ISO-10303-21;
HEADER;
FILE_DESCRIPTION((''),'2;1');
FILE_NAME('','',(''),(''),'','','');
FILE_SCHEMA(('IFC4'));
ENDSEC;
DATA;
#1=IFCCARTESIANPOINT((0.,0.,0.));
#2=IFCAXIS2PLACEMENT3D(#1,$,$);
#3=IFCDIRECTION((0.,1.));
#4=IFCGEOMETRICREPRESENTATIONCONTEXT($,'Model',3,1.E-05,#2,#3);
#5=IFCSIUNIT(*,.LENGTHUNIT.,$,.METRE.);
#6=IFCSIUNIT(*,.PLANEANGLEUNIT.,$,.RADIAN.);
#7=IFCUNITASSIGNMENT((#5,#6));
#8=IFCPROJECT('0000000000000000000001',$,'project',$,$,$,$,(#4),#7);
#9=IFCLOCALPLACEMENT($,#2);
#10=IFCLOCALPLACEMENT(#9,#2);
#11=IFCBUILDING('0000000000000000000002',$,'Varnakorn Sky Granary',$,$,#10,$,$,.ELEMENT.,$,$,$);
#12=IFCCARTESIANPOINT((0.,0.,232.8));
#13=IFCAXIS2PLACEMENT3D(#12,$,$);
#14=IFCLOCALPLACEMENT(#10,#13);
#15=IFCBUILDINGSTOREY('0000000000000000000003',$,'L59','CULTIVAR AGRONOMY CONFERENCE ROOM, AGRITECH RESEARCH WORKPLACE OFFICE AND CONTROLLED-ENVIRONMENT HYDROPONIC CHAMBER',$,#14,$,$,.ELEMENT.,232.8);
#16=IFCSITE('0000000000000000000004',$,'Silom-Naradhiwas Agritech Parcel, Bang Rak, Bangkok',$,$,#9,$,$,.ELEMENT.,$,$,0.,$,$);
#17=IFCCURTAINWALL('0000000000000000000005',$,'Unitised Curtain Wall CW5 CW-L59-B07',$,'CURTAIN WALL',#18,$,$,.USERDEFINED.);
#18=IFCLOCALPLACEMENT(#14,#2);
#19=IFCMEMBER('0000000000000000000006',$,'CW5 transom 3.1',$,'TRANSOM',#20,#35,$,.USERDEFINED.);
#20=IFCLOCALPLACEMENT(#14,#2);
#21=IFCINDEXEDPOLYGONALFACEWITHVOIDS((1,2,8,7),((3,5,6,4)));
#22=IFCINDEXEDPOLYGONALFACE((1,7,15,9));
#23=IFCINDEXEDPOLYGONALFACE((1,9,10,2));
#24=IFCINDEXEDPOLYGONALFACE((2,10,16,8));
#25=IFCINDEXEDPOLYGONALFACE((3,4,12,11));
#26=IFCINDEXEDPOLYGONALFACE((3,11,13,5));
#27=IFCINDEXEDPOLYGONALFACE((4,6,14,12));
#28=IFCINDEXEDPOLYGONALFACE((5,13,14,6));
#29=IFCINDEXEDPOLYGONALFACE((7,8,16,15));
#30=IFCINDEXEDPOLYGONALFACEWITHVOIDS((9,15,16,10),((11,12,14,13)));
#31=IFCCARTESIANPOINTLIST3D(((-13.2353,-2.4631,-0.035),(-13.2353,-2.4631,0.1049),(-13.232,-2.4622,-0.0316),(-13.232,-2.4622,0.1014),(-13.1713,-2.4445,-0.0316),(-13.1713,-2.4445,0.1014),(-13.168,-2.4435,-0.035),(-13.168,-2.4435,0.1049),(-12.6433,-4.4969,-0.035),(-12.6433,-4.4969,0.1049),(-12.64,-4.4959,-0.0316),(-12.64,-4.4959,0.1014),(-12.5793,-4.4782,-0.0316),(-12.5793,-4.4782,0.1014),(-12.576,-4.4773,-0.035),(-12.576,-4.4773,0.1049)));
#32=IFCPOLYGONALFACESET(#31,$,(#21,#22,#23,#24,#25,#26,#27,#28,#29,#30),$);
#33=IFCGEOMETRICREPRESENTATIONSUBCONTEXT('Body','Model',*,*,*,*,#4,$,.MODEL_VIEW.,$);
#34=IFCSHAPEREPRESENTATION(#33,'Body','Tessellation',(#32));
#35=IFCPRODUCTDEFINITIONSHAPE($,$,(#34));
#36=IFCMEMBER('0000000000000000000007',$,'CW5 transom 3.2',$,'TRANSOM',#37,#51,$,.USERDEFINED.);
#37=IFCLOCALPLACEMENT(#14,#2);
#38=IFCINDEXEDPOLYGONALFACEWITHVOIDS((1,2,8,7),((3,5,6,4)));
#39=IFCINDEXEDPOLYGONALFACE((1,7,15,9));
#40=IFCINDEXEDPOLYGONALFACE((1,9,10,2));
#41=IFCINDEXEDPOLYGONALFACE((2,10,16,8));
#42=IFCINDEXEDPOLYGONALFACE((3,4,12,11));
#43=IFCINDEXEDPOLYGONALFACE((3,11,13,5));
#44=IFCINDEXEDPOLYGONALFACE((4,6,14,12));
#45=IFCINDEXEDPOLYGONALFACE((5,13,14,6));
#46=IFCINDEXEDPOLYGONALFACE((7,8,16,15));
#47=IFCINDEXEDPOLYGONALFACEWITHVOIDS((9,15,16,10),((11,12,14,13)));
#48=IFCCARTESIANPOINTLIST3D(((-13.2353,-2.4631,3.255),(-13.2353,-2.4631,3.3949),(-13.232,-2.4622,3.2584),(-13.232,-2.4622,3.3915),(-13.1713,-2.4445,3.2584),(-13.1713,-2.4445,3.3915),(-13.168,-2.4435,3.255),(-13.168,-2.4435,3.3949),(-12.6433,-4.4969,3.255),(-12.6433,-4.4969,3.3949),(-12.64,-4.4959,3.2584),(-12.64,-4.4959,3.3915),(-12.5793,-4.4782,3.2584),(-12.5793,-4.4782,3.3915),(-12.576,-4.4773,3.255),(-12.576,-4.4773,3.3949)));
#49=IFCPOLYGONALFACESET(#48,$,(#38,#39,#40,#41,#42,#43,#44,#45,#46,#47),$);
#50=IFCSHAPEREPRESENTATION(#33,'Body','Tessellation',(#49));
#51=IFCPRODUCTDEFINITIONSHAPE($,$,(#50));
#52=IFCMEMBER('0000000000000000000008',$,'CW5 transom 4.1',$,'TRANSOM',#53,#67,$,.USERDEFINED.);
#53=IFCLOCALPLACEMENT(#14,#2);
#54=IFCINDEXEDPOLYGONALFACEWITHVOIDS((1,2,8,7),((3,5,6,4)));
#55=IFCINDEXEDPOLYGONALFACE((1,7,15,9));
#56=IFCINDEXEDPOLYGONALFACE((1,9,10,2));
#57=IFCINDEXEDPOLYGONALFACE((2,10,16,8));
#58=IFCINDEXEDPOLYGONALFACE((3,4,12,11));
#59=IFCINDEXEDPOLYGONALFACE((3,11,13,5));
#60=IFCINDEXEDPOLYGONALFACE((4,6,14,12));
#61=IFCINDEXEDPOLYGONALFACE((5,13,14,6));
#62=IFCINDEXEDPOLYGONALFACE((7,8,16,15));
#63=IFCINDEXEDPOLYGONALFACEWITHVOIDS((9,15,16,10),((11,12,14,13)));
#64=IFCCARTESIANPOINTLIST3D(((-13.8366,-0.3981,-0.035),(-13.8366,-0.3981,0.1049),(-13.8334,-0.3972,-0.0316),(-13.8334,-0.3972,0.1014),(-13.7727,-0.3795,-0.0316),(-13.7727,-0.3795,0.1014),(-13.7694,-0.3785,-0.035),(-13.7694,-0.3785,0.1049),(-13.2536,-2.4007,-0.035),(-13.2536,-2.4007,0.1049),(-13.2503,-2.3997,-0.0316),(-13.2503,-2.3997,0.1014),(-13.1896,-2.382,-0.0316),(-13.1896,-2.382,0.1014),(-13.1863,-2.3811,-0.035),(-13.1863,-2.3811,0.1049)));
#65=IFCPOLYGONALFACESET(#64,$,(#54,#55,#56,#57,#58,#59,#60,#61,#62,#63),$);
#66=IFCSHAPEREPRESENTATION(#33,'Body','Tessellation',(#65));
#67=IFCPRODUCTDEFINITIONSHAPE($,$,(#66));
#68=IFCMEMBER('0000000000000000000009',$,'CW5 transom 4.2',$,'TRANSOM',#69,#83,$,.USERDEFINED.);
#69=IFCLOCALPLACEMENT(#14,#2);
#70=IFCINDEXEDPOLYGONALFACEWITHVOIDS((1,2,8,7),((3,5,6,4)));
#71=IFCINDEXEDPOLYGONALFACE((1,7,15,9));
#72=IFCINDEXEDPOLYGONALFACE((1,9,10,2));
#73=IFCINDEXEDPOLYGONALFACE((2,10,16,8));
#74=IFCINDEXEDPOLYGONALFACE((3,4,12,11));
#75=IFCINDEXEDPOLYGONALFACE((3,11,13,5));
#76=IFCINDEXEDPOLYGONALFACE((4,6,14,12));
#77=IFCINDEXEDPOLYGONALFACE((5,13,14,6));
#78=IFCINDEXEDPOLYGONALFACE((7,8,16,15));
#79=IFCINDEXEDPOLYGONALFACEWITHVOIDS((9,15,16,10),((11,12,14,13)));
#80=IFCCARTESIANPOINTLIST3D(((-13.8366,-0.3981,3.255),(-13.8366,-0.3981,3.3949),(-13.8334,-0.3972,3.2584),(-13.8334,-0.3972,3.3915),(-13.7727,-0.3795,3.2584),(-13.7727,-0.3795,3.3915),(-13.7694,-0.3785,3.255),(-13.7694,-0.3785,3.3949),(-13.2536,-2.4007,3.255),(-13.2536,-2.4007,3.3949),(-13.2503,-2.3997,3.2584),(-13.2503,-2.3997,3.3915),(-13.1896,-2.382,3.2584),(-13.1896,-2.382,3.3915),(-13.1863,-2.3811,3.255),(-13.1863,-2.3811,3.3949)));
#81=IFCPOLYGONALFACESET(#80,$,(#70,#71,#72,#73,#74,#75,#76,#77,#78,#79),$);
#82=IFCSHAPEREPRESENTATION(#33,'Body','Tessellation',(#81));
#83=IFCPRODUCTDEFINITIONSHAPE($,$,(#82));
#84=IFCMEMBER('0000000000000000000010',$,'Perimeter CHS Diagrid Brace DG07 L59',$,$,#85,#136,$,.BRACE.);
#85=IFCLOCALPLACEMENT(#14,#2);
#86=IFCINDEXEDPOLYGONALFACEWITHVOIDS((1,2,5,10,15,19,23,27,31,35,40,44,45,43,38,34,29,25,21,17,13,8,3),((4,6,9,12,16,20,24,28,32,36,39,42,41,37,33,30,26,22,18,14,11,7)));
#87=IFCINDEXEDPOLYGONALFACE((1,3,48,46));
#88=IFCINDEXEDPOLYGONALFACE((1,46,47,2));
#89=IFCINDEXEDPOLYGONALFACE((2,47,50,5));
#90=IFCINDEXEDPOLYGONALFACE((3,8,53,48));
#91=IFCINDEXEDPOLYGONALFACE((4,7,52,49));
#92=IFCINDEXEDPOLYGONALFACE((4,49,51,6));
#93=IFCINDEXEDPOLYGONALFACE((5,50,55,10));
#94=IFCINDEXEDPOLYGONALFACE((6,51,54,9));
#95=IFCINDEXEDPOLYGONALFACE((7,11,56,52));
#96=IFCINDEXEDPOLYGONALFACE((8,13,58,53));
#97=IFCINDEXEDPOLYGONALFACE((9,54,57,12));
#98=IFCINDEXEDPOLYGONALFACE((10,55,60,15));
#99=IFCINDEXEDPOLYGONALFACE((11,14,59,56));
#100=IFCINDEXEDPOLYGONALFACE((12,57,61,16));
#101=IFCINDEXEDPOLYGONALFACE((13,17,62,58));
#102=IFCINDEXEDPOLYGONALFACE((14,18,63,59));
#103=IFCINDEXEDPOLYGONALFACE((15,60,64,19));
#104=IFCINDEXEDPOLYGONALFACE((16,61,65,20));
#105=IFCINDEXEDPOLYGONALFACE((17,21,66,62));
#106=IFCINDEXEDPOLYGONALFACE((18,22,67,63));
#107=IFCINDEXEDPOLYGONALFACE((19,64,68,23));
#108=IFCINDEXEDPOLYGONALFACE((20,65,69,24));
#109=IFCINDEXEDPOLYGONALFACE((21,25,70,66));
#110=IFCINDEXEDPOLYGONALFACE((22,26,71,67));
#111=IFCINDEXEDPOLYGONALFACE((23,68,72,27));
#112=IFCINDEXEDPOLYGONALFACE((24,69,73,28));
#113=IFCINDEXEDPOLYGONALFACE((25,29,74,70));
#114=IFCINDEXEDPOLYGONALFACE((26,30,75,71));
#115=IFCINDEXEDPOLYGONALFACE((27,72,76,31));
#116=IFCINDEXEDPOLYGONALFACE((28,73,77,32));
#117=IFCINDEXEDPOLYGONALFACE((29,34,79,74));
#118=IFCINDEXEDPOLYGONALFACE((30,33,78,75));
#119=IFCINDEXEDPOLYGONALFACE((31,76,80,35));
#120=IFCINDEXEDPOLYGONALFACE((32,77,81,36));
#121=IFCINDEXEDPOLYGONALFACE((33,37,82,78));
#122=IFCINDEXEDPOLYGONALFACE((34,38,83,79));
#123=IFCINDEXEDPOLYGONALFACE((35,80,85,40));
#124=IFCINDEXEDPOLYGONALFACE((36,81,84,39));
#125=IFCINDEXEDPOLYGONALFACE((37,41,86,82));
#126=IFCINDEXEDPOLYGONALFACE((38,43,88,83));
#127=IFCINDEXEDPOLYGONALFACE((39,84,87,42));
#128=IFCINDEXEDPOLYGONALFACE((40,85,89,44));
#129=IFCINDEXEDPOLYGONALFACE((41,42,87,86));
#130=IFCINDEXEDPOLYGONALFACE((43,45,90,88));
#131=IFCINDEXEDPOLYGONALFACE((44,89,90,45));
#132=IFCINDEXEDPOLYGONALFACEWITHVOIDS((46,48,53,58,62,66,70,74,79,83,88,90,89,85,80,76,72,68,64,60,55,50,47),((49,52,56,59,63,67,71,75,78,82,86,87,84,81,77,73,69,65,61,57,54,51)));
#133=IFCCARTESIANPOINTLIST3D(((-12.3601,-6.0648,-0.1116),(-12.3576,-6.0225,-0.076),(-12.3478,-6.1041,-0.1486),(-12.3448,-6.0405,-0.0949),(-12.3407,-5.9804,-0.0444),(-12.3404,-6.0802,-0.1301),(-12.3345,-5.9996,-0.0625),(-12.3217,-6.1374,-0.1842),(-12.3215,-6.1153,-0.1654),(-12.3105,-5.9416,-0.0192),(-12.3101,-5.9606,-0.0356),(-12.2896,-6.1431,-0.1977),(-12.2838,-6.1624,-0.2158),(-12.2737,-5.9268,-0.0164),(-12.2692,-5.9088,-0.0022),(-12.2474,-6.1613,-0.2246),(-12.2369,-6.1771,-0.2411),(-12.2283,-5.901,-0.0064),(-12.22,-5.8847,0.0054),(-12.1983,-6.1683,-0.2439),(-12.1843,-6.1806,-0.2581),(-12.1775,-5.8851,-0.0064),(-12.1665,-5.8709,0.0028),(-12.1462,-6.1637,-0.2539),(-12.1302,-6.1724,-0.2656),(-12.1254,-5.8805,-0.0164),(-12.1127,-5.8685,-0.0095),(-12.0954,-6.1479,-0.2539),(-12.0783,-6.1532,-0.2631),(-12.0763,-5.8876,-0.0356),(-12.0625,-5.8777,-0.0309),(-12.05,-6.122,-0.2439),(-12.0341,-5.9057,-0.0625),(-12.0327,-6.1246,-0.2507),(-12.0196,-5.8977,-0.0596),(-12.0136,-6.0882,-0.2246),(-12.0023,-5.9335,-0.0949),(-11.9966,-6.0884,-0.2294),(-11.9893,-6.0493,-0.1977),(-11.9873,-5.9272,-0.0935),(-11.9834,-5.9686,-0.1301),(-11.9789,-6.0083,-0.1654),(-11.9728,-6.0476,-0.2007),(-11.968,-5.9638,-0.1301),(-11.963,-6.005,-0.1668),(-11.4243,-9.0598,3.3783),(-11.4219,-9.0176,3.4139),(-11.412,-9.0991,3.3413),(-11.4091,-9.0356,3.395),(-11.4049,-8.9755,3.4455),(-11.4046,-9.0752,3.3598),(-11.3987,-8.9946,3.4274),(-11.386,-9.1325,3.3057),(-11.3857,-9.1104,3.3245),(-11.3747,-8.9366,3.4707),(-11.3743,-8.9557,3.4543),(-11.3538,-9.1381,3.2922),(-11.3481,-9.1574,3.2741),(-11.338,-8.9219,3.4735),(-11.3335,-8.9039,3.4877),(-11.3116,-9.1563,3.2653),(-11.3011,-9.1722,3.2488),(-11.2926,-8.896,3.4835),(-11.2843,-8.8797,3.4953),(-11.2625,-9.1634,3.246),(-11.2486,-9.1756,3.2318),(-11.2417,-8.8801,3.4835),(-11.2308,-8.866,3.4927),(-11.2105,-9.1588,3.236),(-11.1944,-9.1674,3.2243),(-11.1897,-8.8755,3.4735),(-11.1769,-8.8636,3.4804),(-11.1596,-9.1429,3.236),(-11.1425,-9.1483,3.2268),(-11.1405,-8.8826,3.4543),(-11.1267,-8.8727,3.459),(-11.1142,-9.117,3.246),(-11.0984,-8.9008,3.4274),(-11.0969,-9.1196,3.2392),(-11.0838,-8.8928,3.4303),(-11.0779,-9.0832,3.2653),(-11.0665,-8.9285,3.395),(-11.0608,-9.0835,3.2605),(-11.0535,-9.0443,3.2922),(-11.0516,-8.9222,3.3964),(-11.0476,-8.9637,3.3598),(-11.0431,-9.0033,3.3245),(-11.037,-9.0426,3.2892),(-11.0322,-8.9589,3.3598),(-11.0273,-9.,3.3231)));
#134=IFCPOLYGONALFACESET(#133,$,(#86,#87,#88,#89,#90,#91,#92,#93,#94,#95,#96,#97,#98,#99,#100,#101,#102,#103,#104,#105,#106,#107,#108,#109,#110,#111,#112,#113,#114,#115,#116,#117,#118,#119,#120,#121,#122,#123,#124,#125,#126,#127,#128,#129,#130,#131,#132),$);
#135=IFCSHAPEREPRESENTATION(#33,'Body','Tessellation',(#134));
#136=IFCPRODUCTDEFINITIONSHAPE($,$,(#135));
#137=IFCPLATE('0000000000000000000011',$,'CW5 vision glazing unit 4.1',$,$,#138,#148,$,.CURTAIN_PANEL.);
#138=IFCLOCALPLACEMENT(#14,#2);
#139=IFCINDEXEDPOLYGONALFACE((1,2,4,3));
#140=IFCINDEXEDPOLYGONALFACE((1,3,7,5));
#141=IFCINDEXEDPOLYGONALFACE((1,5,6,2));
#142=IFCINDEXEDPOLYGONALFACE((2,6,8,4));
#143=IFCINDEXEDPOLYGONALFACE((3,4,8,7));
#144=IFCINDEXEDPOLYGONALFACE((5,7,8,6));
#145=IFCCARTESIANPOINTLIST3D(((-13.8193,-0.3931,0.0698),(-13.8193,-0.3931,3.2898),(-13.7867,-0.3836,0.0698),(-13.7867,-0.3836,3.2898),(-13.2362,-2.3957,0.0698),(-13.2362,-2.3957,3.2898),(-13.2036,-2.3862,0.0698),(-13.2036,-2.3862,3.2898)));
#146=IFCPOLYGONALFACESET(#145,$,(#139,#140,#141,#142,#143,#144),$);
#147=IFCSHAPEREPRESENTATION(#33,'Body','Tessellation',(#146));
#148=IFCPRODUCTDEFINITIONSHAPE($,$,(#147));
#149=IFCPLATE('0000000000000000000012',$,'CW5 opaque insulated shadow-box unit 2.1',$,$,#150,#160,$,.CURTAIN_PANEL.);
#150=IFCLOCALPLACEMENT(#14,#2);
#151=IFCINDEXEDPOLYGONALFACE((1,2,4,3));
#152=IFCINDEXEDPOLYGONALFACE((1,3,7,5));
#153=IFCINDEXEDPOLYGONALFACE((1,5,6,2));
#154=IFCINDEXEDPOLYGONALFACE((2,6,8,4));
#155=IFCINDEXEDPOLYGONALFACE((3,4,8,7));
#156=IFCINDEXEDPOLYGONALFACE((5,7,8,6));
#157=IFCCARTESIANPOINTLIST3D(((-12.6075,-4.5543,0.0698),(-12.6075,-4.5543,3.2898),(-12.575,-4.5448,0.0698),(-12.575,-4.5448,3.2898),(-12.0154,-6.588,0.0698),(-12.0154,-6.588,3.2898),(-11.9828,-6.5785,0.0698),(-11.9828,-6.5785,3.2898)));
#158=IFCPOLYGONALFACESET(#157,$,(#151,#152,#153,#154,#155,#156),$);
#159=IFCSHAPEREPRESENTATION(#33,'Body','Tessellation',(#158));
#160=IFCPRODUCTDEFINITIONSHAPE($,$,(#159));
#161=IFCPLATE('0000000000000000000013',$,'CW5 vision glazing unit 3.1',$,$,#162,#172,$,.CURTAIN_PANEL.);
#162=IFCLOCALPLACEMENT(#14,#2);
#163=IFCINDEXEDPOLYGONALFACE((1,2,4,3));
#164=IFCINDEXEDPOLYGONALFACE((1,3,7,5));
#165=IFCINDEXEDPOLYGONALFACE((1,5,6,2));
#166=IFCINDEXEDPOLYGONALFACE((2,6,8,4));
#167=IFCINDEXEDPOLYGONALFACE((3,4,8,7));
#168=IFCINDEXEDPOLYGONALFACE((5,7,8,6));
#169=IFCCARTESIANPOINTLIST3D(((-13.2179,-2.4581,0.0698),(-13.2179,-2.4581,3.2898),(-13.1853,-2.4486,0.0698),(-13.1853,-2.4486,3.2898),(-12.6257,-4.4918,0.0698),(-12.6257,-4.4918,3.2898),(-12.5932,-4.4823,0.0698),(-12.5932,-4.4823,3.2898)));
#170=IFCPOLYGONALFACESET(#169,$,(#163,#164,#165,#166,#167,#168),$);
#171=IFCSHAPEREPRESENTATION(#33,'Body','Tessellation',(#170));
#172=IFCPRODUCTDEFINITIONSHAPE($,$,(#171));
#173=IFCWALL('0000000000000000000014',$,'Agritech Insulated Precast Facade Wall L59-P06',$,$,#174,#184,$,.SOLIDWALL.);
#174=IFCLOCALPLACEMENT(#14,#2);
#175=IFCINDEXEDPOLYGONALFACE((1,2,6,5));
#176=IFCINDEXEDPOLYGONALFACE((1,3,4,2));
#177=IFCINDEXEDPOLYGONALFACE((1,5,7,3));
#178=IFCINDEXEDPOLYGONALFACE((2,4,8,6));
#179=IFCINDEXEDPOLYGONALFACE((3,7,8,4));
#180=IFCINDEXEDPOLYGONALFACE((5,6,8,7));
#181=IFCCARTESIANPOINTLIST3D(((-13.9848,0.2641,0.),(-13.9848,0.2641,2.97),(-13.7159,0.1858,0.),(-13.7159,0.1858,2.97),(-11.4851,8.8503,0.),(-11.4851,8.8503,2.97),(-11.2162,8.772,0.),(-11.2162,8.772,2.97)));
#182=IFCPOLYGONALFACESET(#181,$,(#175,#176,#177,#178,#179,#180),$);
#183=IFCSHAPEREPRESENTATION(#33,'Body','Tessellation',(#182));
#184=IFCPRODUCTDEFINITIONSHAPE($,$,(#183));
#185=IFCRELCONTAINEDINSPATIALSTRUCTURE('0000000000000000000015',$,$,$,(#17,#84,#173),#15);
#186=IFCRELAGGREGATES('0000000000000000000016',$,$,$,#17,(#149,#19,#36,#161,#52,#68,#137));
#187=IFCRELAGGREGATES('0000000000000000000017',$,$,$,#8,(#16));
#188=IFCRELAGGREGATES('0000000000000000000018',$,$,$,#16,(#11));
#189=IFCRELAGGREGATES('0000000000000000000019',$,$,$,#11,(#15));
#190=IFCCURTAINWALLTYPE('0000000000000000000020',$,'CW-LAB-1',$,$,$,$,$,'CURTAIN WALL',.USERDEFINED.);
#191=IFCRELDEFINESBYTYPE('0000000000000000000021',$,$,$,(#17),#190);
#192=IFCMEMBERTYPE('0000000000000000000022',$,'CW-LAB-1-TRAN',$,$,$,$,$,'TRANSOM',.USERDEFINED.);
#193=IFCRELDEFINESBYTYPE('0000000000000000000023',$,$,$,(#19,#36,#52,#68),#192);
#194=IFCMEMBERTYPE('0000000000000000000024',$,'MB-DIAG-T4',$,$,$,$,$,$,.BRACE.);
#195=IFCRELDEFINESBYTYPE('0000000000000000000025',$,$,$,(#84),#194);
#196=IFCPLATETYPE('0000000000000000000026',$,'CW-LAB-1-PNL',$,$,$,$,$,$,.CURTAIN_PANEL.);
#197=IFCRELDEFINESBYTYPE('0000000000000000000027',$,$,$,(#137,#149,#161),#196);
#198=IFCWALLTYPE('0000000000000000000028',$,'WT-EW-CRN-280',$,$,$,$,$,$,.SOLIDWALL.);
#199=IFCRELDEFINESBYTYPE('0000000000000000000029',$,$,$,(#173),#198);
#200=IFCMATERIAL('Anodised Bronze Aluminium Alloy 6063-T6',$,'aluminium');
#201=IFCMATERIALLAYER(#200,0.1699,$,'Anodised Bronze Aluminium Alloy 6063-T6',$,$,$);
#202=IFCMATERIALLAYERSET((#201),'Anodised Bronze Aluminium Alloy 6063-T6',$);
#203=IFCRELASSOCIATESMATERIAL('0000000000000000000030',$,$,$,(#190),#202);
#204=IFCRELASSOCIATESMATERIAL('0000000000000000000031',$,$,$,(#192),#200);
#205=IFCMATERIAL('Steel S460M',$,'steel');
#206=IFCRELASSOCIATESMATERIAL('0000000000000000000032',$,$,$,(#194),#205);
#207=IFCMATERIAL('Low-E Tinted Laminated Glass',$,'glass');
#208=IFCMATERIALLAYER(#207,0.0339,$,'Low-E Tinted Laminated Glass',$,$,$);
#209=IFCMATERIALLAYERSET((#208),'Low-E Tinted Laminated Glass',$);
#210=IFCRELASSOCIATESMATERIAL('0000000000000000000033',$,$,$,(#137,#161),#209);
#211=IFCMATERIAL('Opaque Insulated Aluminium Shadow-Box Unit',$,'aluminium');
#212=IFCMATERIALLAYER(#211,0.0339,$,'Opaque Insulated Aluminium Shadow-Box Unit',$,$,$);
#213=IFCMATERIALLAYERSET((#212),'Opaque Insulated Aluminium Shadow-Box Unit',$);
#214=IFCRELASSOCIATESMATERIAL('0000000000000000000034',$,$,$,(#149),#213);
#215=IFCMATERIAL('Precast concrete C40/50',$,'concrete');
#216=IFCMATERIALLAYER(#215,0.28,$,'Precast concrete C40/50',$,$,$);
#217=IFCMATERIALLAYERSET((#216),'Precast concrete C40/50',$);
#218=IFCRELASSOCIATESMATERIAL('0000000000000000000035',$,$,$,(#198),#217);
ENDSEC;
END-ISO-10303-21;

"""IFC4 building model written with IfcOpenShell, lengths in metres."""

from ifc_helpers import new_model, si_unit, direction, frame, frame_2d, origin, origin_2d, place, context, subcontext, project, spatial, rectangle, hollow_rectangle, hollow_circle, extrude, source, transform, mapped, material, layer, layer_set, material_profile, profile_set, type_object, type_shapes, element, aggregate, save


model = new_model("IFC4")

# Units and contexts
model_context = context("Model", 3, precision=1e-05, world=origin(), true_north=direction((0.0, 1.0)))
body_context = subcontext(model_context, "Body", "Model", "MODEL_VIEW")
ifc_project = project(units=[si_unit("LENGTHUNIT", "METRE"), si_unit("PLANEANGLEUNIT", "RADIAN")], contexts=[model_context])

# Site, building, storey
site_placement = place(None, origin())
site = spatial("IfcSite", under=ifc_project, at=site_placement, Name="Silom-Naradhiwas Agritech Parcel, Bang Rak, Bangkok", CompositionType="ELEMENT", RefElevation=0.0)
building_placement = place(site_placement, origin())
building = spatial("IfcBuilding", under=site, at=building_placement, Name="Varnakorn Sky Granary", CompositionType="ELEMENT")
storey_placement = place(building_placement, frame((0.0, 0.0, 232.8)))
storey = spatial("IfcBuildingStorey", under=building, at=storey_placement, Name="L59", Description="CULTIVAR AGRONOMY CONFERENCE ROOM, AGRITECH RESEARCH WORKPLACE OFFICE AND CONTROLLED-ENVIRONMENT HYDROPONIC CHAMBER", CompositionType="ELEMENT", Elevation=232.8)

# Shared definitions
ifc_material_1 = material(Name="Steel S460M", Category="steel")

# Curtain wall, members
ifc_material_2 = material(Name="Anodised Bronze Aluminium Alloy 6063-T6", Category="aluminium")
ifc_layer_1 = layer(ifc_material_2, 0.1699, Name="Anodised Bronze Aluminium Alloy 6063-T6")
ifc_layer_set_1 = layer_set([ifc_layer_1], Name="Anodised Bronze Aluminium Alloy 6063-T6")
curtain_wall_type = type_object("IfcCurtainWallType", Name="CW-LAB-1", ElementType="CURTAIN WALL", PredefinedType="USERDEFINED", material=ifc_layer_set_1)
curtain_wall_placement = place(storey_placement, origin())
curtain_wall = element("IfcCurtainWall", 1, at=curtain_wall_placement, inside=storey, type_object=curtain_wall_type, Name="Unitised Curtain Wall CW5 CW-L59-B07", ObjectType="CURTAIN WALL", PredefinedType="USERDEFINED")
ifc_material_profile_1 = material_profile(ifc_material_2, hollow_rectangle(XDim=0.0701, YDim=0.1399, WallThickness=0.0034, at=origin_2d()), Name="ALU TRAN 70x140")
ifc_profile_set_1 = profile_set([ifc_material_profile_1], Name="Anodised Bronze Aluminium Alloy 6063-T6")
member_type_1 = type_object("IfcMemberType", Name="CW-LAB-1-TRAN", ElementType="TRANSOM", PredefinedType="USERDEFINED", material=ifc_profile_set_1)
member_1_placement = place(storey_placement, frame((-12.6096, -4.4871, 0.0349), z_axis=(-0.279513, 0.960142, 0.0), x_axis=(-0.960142, -0.279513, 0.0)))
member_1 = element("IfcMember", 2, at=member_1_placement, type_object=member_type_1, Name="CW5 transom 3.1", ObjectType="TRANSOM", PredefinedType="USERDEFINED", context=body_context, shape_type="SweptSolid", body=[
    extrude(hollow_rectangle(XDim=0.0701, YDim=0.1399, WallThickness=0.0034, at=origin_2d()), origin(), (0.0, 0.0, 1.0), 2.1182),
])
member_2_placement = place(storey_placement, frame((-12.6096, -4.4871, 3.325), z_axis=(-0.279513, 0.960142, 0.0), x_axis=(-0.960142, -0.279513, 0.0)))
member_2 = element("IfcMember", 3, at=member_2_placement, type_object=member_type_1, Name="CW5 transom 3.2", ObjectType="TRANSOM", PredefinedType="USERDEFINED", context=body_context, shape_type="SweptSolid", body=[
    extrude(hollow_rectangle(XDim=0.0701, YDim=0.1399, WallThickness=0.0034, at=origin_2d()), origin(), (0.0, 0.0, 1.0), 2.1182),
])
member_3_placement = place(storey_placement, frame((-13.22, -2.3909, 0.0349), z_axis=(-0.279541, 0.960134, 0.0), x_axis=(-0.960134, -0.279541, 0.0)))
member_3 = element("IfcMember", 4, at=member_3_placement, type_object=member_type_1, Name="CW5 transom 4.1", ObjectType="TRANSOM", PredefinedType="USERDEFINED", context=body_context, shape_type="SweptSolid", body=[
    extrude(hollow_rectangle(XDim=0.0701, YDim=0.1399, WallThickness=0.0034, at=origin_2d()), origin(), (0.0, 0.0, 1.0), 2.0857),
])
member_4_placement = place(storey_placement, frame((-13.22, -2.3909, 3.325), z_axis=(-0.279541, 0.960134, 0.0), x_axis=(-0.960134, -0.279541, 0.0)))
member_4 = element("IfcMember", 5, at=member_4_placement, type_object=member_type_1, Name="CW5 transom 4.2", ObjectType="TRANSOM", PredefinedType="USERDEFINED", context=body_context, shape_type="SweptSolid", body=[
    extrude(hollow_rectangle(XDim=0.0701, YDim=0.1399, WallThickness=0.0034, at=origin_2d()), origin(), (0.0, 0.0, 1.0), 2.0857),
])

# Member
ifc_material_profile_2 = material_profile(ifc_material_1, hollow_circle(Radius=0.2031, WallThickness=0.0161, at=origin_2d()), Name="CHS 406.4x16")
ifc_profile_set_2 = profile_set([ifc_material_profile_2], Name="Steel S460M")
member_type_2 = type_object("IfcMemberType", Name="MB-DIAG-T4", PredefinedType="BRACE", material=ifc_profile_set_2)
member_5_placement = place(storey_placement, frame((-12.1619, -6.0244, -0.1301), z_axis=(0.199391, -0.638177, 0.743621), x_axis=(0.954497, 0.298222, 0.0)))
element("IfcMember", 6, at=member_5_placement, inside=storey, type_object=member_type_2, Name="Perimeter CHS Diagrid Brace DG07 L59", PredefinedType="BRACE", context=body_context, shape_type="SweptSolid", body=[
    extrude(hollow_circle(Radius=0.2031, WallThickness=0.0161, at=origin_2d()), origin(), (0.0, 0.0, 1.0), 4.6931),
])

# Plates
ifc_material_3 = material(Name="Low-E Tinted Laminated Glass", Category="glass")
ifc_layer_2 = layer(ifc_material_3, 0.0339, Name="Low-E Tinted Laminated Glass")
ifc_layer_set_2 = layer_set([ifc_layer_2], Name="Low-E Tinted Laminated Glass")
plate_type = type_object("IfcPlateType", Name="CW-LAB-1-PNL", PredefinedType="CURTAIN_PANEL")
shared_shape_1 = source(origin(), body_context, "Body", "SweptSolid", [
    extrude(rectangle(XDim=2.0857, YDim=0.0339, at=origin_2d()), origin(), (0.0, 0.0, 1.0), 3.22),
])
plate_1_placement = place(storey_placement, frame((-13.5115, -1.3896, 0.0698), z_axis=(0.0, 0.0, 1.0), x_axis=(-0.279559, 0.960129, 0.0)))
plate_1 = element("IfcPlate", 7, at=plate_1_placement, type_object=plate_type, material=ifc_layer_set_2, Name="CW5 vision glazing unit 4.1", PredefinedType="CURTAIN_PANEL", context=body_context, shape_type="MappedRepresentation", body=[
    mapped(shared_shape_1, transform((0.0, 0.0, 0.0), x_axis=(1.0, 0.0, 0.0), y_axis=(0.0, 1.0, 0.0), z_axis=(0.0, 0.0, 1.0), scale=1.0)),
])
ifc_material_4 = material(Name="Opaque Insulated Aluminium Shadow-Box Unit", Category="aluminium")
ifc_layer_3 = layer(ifc_material_4, 0.0339, Name="Opaque Insulated Aluminium Shadow-Box Unit")
ifc_layer_set_3 = layer_set([ifc_layer_3], Name="Opaque Insulated Aluminium Shadow-Box Unit")
shared_shape_2 = source(origin(), body_context, "Body", "SweptSolid", [
    extrude(rectangle(XDim=2.1182, YDim=0.0339, at=origin_2d()), origin(), (0.0, 0.0, 1.0), 3.22),
])
type_shapes(plate_type, [shared_shape_1, shared_shape_2])
plate_2_placement = place(storey_placement, frame((-12.2952, -5.5664, 0.0698), z_axis=(0.0, 0.0, 1.0), x_axis=(-0.279559, 0.960129, 0.0)))
plate_2 = element("IfcPlate", 8, at=plate_2_placement, type_object=plate_type, material=ifc_layer_set_3, Name="CW5 opaque insulated shadow-box unit 2.1", PredefinedType="CURTAIN_PANEL", context=body_context, shape_type="MappedRepresentation", body=[
    mapped(shared_shape_2, transform((0.0, 0.0, 0.0), x_axis=(1.0, 0.0, 0.0), y_axis=(0.0, 1.0, 0.0), z_axis=(0.0, 0.0, 1.0), scale=1.0)),
])
plate_3_placement = place(storey_placement, frame((-12.9055, -3.4702, 0.0698), z_axis=(0.0, 0.0, 1.0), x_axis=(-0.279559, 0.960129, 0.0)))
plate_3 = element("IfcPlate", 9, at=plate_3_placement, type_object=plate_type, material=ifc_layer_set_2, Name="CW5 vision glazing unit 3.1", PredefinedType="CURTAIN_PANEL", context=body_context, shape_type="MappedRepresentation", body=[
    mapped(shared_shape_2, transform((0.0, 0.0, 0.0), x_axis=(1.0, 0.0, 0.0), y_axis=(0.0, 1.0, 0.0), z_axis=(0.0, 0.0, 1.0), scale=1.0)),
])
aggregate(curtain_wall, [plate_2, member_1, member_2, plate_3, member_3, member_4, plate_1])

# Wall
ifc_material_5 = material(Name="Precast concrete C40/50", Category="concrete")
ifc_layer_4 = layer(ifc_material_5, 0.28, Name="Precast concrete C40/50")
ifc_layer_set_4 = layer_set([ifc_layer_4], Name="Precast concrete C40/50")
wall_type_1 = type_object("IfcWallType", Name="WT-EW-CRN-280", PredefinedType="SOLIDWALL", material=ifc_layer_set_4)
wall_1_placement = place(storey_placement, frame((-13.8503, 0.2251, 0.0), z_axis=(0.0, 0.0, 1.0), x_axis=(0.279531, 0.960137, 0.0)))
element("IfcWall", 10, at=wall_1_placement, inside=storey, type_object=wall_type_1, Name="Agritech Insulated Precast Facade Wall L59-P06", PredefinedType="SOLIDWALL", context=body_context, shape_type="SweptSolid", body=[
    extrude(rectangle(XDim=8.9426, YDim=0.28, at=frame_2d((4.4712, 0.0))), origin(), (0.0, 0.0, 1.0), 2.97),
])

save(model, "model.ifc")
